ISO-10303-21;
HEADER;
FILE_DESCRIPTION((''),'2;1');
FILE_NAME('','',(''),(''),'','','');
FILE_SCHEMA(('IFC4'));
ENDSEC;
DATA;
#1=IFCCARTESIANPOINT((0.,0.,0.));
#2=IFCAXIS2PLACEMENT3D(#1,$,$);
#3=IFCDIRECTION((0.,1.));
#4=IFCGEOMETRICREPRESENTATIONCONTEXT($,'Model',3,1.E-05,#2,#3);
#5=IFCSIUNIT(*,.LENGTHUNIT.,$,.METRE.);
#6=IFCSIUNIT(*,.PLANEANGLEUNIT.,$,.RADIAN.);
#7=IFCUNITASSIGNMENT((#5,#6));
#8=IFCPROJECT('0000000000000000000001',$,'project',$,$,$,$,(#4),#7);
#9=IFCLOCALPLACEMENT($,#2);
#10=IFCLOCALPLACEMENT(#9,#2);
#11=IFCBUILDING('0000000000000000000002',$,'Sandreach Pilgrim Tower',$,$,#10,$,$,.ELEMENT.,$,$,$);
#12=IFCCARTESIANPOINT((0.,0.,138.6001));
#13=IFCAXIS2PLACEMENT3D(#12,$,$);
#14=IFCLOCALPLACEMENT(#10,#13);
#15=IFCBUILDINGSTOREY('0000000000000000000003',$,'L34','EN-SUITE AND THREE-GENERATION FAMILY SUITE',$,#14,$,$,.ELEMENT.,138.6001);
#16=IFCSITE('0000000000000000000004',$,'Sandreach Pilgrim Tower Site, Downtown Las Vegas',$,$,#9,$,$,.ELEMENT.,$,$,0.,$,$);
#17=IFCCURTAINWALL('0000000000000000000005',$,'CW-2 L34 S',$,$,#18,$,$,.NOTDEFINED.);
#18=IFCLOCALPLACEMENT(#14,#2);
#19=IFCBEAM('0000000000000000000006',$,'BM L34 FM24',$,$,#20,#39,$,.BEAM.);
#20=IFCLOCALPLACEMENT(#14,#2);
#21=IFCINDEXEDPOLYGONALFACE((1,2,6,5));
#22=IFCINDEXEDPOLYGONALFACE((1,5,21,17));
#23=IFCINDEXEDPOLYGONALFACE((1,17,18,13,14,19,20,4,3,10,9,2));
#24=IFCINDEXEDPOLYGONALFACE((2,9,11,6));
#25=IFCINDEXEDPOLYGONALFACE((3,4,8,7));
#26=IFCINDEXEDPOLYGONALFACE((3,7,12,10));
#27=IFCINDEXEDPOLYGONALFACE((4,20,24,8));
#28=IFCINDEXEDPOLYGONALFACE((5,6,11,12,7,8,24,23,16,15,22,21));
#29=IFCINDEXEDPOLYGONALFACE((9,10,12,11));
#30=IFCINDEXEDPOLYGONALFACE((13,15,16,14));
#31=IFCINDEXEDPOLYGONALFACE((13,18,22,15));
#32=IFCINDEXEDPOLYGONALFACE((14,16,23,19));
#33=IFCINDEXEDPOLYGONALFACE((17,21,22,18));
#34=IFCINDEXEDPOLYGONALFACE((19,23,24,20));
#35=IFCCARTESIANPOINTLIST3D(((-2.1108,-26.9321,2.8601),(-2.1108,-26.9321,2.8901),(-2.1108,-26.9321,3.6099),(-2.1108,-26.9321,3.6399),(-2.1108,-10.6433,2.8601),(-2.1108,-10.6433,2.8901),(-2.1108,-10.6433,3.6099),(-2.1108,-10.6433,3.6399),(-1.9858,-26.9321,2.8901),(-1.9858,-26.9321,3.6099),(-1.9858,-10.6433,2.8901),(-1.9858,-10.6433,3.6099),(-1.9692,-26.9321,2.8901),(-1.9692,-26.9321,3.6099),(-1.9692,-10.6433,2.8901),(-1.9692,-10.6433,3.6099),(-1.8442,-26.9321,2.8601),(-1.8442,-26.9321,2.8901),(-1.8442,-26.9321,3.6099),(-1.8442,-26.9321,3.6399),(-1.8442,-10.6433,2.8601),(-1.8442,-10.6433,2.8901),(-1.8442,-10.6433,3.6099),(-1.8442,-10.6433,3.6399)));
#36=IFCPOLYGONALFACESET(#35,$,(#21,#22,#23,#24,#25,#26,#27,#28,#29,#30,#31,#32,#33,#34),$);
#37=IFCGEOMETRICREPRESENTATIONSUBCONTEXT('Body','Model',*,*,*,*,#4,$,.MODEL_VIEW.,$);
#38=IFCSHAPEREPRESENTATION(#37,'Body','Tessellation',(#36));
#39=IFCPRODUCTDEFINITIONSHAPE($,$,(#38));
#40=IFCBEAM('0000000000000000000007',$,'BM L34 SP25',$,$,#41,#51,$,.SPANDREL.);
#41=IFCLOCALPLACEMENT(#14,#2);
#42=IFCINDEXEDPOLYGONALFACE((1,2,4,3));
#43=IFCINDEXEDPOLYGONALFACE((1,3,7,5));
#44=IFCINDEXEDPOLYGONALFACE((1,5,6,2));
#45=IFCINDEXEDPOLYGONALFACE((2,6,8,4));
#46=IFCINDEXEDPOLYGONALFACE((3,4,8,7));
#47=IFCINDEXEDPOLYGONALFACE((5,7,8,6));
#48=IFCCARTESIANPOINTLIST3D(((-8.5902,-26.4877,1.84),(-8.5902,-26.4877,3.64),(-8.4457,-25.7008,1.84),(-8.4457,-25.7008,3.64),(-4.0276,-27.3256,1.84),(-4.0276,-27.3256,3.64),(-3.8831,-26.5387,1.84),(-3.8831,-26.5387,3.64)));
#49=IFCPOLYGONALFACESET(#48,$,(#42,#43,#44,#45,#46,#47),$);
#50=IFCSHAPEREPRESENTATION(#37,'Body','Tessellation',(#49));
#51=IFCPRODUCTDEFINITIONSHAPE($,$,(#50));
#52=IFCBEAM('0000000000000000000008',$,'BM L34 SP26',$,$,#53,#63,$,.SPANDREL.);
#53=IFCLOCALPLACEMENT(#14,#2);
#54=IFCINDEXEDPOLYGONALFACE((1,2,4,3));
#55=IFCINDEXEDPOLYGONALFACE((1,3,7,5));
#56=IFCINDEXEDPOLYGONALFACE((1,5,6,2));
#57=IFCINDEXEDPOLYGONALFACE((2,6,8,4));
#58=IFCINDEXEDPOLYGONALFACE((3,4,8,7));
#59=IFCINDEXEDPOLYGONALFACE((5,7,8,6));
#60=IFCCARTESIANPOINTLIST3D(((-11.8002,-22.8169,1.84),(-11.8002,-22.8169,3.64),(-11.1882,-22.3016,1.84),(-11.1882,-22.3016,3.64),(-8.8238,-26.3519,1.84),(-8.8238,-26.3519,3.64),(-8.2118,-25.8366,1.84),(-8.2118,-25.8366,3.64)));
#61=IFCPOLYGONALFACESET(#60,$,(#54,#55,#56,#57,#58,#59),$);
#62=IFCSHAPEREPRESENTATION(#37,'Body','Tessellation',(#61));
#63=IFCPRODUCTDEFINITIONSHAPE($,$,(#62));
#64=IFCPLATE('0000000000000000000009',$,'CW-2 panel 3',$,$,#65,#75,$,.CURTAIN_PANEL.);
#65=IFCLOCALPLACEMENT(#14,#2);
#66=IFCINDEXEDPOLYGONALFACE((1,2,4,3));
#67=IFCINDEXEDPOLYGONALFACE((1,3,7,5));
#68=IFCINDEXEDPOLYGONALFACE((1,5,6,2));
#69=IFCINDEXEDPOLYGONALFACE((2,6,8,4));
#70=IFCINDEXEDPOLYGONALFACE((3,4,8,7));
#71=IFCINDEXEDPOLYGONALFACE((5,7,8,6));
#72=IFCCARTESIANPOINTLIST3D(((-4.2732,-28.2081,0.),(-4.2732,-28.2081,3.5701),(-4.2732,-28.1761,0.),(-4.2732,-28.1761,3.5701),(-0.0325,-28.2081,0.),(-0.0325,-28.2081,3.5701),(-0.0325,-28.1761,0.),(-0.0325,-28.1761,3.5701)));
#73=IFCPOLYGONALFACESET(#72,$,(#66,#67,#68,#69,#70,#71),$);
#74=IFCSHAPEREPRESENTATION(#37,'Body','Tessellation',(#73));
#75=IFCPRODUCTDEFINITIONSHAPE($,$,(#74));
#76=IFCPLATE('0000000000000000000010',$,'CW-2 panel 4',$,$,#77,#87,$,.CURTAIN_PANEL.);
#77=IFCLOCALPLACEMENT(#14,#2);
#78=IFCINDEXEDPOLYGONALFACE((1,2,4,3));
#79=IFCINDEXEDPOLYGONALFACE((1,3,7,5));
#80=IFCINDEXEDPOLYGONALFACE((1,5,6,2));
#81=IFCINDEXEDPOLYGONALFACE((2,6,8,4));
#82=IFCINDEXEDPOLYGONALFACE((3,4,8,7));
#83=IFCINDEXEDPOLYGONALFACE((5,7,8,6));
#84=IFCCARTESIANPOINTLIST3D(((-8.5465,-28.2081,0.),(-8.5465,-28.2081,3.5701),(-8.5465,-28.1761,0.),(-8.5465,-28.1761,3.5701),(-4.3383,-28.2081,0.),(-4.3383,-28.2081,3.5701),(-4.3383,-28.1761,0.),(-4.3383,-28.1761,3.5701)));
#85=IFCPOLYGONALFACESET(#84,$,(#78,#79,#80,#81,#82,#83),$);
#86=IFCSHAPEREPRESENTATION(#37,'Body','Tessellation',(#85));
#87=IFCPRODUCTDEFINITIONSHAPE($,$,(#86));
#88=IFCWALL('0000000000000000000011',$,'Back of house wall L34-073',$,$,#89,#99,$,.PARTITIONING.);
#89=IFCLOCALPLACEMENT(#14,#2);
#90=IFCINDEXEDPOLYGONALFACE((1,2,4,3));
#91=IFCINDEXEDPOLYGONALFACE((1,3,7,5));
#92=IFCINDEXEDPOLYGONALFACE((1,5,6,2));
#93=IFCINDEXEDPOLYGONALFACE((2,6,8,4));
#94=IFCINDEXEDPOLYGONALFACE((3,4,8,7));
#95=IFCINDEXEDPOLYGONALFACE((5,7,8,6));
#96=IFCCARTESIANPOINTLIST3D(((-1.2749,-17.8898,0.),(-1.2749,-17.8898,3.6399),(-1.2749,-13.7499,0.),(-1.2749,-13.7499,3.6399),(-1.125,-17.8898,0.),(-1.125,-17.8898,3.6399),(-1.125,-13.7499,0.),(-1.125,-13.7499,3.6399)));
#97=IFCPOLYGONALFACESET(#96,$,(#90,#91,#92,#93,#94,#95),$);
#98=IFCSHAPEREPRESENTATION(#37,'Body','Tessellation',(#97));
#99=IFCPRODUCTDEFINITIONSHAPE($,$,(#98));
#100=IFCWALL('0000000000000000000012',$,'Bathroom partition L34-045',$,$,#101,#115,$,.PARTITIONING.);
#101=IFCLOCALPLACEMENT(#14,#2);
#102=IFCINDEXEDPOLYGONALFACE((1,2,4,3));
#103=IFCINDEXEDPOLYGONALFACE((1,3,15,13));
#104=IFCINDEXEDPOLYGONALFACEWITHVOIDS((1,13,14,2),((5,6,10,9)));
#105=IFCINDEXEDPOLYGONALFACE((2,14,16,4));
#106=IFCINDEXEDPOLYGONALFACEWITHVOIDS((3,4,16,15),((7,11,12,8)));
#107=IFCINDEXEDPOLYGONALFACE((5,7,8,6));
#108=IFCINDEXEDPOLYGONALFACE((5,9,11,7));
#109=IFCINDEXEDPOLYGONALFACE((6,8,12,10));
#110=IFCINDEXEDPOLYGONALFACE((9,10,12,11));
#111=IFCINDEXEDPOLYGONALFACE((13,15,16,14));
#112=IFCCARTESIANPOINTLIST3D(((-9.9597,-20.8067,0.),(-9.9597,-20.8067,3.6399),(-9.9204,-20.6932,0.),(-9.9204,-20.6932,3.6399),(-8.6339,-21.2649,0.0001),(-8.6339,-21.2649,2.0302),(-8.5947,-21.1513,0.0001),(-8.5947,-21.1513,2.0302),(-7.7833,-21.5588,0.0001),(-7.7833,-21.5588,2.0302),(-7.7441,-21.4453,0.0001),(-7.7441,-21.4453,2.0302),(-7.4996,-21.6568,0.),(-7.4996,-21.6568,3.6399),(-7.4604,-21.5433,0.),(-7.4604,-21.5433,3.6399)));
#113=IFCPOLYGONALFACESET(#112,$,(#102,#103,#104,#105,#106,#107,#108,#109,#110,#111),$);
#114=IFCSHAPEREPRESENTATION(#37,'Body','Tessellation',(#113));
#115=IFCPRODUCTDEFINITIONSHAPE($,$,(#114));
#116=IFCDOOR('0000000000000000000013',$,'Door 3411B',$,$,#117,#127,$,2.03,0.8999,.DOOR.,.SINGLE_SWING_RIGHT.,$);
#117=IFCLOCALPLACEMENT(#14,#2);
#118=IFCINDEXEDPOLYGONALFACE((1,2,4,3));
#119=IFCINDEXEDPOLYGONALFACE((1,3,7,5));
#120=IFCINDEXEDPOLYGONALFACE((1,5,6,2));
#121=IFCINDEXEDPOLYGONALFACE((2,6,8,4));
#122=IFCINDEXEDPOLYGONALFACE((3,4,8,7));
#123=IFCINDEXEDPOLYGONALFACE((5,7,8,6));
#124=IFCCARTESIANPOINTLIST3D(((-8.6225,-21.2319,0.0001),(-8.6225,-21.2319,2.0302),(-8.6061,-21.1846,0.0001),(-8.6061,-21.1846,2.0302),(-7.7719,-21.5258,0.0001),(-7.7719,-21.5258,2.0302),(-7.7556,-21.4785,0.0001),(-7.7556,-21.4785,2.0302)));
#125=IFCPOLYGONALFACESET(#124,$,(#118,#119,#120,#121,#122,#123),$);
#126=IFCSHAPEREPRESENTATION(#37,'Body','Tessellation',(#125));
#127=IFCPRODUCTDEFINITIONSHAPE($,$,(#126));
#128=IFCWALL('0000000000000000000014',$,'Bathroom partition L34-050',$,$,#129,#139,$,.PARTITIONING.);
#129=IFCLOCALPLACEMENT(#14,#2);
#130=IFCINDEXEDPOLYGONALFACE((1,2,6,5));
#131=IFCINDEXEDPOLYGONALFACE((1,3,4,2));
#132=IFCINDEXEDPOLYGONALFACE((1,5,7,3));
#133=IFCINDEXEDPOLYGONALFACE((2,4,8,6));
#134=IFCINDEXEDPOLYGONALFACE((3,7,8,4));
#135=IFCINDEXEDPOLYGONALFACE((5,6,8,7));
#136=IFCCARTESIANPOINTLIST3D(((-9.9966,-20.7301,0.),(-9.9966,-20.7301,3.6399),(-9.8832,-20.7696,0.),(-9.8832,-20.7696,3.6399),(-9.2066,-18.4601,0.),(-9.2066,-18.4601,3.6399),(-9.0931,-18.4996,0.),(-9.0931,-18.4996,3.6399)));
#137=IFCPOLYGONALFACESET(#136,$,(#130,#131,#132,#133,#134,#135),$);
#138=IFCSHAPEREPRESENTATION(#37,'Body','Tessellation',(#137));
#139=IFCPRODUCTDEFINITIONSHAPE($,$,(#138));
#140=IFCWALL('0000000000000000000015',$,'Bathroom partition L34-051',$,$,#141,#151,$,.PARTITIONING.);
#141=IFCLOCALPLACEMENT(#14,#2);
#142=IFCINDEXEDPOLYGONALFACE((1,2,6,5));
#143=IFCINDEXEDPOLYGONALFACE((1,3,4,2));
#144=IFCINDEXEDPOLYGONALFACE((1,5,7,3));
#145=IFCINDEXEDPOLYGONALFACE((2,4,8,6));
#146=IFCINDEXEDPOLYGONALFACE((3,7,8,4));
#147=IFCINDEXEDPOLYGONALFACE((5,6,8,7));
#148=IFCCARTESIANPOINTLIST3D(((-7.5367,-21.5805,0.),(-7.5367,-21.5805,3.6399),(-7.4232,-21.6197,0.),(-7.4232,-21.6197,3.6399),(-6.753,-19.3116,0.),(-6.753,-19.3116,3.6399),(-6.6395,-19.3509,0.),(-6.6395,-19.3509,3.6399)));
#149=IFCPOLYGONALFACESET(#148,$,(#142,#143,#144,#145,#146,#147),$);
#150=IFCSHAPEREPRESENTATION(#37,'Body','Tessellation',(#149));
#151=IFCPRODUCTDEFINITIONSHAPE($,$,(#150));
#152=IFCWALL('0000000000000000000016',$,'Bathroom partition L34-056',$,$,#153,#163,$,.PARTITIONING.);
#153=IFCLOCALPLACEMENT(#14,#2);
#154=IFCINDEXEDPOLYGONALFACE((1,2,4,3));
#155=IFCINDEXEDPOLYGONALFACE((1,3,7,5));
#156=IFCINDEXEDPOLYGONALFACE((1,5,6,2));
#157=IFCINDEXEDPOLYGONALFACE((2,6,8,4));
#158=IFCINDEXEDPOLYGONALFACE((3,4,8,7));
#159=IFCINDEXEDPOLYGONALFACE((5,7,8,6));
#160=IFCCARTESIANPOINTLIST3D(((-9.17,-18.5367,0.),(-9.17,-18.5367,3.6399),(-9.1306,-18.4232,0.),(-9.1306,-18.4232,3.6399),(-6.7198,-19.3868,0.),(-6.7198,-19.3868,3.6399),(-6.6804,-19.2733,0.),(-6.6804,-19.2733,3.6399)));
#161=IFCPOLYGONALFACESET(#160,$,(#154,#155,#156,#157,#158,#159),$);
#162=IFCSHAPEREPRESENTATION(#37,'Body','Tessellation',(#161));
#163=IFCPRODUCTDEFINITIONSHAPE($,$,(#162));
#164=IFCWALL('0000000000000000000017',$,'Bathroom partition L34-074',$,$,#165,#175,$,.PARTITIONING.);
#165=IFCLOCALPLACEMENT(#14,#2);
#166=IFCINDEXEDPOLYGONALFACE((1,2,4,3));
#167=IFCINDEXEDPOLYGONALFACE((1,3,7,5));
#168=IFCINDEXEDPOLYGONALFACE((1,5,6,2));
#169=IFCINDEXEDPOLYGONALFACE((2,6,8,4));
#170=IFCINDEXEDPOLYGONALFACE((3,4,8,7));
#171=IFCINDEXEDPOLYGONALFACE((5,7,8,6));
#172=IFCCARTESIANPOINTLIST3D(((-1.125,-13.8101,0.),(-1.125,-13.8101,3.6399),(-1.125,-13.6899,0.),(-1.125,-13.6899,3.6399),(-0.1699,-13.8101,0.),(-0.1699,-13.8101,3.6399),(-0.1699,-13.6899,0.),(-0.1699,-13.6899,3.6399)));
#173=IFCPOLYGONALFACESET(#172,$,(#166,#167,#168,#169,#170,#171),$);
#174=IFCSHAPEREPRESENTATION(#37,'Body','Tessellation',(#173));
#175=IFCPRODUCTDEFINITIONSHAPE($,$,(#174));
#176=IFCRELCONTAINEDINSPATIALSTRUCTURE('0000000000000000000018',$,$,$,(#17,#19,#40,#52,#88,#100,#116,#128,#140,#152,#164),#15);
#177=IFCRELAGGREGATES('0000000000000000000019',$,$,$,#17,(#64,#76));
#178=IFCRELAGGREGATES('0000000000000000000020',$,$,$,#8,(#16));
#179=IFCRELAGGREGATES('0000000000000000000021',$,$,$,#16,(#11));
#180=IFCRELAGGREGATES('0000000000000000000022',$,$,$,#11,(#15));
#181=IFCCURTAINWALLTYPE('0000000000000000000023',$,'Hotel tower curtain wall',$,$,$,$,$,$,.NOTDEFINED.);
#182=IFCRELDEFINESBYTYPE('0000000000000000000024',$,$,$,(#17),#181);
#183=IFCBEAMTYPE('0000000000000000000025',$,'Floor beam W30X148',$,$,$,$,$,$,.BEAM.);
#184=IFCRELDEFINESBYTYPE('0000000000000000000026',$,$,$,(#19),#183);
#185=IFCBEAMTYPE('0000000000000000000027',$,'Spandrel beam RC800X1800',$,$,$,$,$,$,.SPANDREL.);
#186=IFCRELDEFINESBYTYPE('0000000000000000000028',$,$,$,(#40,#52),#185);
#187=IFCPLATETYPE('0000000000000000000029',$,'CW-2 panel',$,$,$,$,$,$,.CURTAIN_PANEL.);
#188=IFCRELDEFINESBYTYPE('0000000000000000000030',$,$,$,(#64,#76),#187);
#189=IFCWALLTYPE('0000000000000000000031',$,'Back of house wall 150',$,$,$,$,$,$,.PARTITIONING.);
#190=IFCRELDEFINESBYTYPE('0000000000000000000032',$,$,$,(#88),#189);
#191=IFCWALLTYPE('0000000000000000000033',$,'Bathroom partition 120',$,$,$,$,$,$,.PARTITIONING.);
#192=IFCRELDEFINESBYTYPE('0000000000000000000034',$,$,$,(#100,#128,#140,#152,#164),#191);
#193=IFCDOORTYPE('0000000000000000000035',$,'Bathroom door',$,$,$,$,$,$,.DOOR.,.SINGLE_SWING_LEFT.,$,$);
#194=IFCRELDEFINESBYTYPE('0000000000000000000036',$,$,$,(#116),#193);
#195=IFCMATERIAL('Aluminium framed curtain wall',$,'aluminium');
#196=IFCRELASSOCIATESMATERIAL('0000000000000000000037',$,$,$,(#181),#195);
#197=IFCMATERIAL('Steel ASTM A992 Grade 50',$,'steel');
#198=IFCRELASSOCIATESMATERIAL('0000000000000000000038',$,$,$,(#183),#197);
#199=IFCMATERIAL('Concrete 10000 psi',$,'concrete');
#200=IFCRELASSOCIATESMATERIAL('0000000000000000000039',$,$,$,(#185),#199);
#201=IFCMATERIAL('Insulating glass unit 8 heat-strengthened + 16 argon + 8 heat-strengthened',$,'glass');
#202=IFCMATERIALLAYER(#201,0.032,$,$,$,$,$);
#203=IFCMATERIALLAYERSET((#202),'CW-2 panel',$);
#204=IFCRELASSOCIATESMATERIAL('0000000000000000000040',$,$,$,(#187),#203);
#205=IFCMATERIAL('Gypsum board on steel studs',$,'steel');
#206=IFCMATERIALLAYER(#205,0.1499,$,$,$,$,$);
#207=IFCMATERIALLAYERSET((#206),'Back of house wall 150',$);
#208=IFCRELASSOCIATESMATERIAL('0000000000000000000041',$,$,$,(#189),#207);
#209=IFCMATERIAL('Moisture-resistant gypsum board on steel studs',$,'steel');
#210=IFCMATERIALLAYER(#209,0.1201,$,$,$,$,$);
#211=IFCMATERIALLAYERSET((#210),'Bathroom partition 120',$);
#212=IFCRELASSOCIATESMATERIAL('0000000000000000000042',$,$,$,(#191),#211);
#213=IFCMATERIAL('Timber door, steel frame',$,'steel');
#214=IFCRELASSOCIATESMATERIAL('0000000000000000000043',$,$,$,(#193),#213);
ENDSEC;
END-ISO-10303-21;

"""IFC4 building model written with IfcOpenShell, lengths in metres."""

from ifc_helpers import new_model, si_unit, direction, frame, frame_2d, origin, origin_2d, place, context, subcontext, project, spatial, rectangle, i_section, extrude, material, layer, layer_set, material_profile, profile_set, type_object, element, fill, aggregate, save


model = new_model("IFC4")

# Units and contexts
model_context = context("Model", 3, precision=1e-05, world=origin(), true_north=direction((0.0, 1.0)))
body_context = subcontext(model_context, "Body", "Model", "MODEL_VIEW")
ifc_project = project(units=[si_unit("LENGTHUNIT", "METRE"), si_unit("PLANEANGLEUNIT", "RADIAN")], contexts=[model_context])

# Site, building, storey
site_placement = place(None, origin())
site = spatial("IfcSite", under=ifc_project, at=site_placement, Name="Sandreach Pilgrim Tower Site, Downtown Las Vegas", CompositionType="ELEMENT", RefElevation=0.0)
building_placement = place(site_placement, origin())
building = spatial("IfcBuilding", under=site, at=building_placement, Name="Sandreach Pilgrim Tower", CompositionType="ELEMENT")
storey_placement = place(building_placement, frame((0.0, 0.0, 138.6001)))
storey = spatial("IfcBuildingStorey", under=building, at=storey_placement, Name="L34", Description="EN-SUITE AND THREE-GENERATION FAMILY SUITE", CompositionType="ELEMENT", Elevation=138.6001)

# Curtain wall
ifc_material_1 = material(Name="Aluminium framed curtain wall", Category="aluminium")
curtain_wall_type = type_object("IfcCurtainWallType", Name="Hotel tower curtain wall", PredefinedType="NOTDEFINED", material=ifc_material_1)
curtain_wall_placement = place(storey_placement, origin())
curtain_wall = element("IfcCurtainWall", 1, at=curtain_wall_placement, inside=storey, type_object=curtain_wall_type, Name="CW-2 L34 S", PredefinedType="NOTDEFINED")

# Beams
ifc_material_2 = material(Name="Steel ASTM A992 Grade 50", Category="steel")
ifc_material_profile_1 = material_profile(ifc_material_2, i_section(OverallWidth=0.2666, OverallDepth=0.7798, WebThickness=0.0166, FlangeThickness=0.03, at=origin_2d()), Name="W30X148")
ifc_profile_set_1 = profile_set([ifc_material_profile_1], Name="Steel ASTM A992 Grade 50")
beam_type_1 = type_object("IfcBeamType", Name="Floor beam W30X148", PredefinedType="BEAM", material=ifc_profile_set_1)
beam_1_placement = place(storey_placement, frame((-1.9775, -26.9321, 3.25), z_axis=(0.0, 1.0, 0.0), x_axis=(-1.0, 0.0, 0.0)))
element("IfcBeam", 2, at=beam_1_placement, inside=storey, type_object=beam_type_1, Name="BM L34 FM24", PredefinedType="BEAM", context=body_context, shape_type="SweptSolid", body=[
    extrude(i_section(OverallWidth=0.2666, OverallDepth=0.7798, WebThickness=0.0166, FlangeThickness=0.03, at=origin_2d()), origin(), (0.0, 0.0, 1.0), 16.2888),
])
ifc_material_3 = material(Name="Concrete 10000 psi", Category="concrete")
ifc_material_profile_2 = material_profile(ifc_material_3, rectangle(XDim=0.8, YDim=1.8, at=origin_2d()), Name="RC800X1800")
ifc_profile_set_2 = profile_set([ifc_material_profile_2], Name="Concrete 10000 psi")
beam_type_2 = type_object("IfcBeamType", Name="Spandrel beam RC800X1800", PredefinedType="SPANDREL", material=ifc_profile_set_2)
beam_2_placement = place(storey_placement, frame((-3.9553, -26.9321, 2.74), z_axis=(-0.983552, 0.180627, 0.0), x_axis=(-0.180627, -0.983552, 0.0)))
element("IfcBeam", 3, at=beam_2_placement, inside=storey, type_object=beam_type_2, Name="BM L34 SP25", PredefinedType="SPANDREL", context=body_context, shape_type="SweptSolid", body=[
    extrude(rectangle(XDim=0.8, YDim=1.8, at=origin_2d()), origin(), (0.0, 0.0, 1.0), 4.6389),
])
beam_3_placement = place(storey_placement, frame((-8.5178, -26.0942, 2.74), z_axis=(-0.644079, 0.764959, 0.0), x_axis=(-0.764959, -0.644079, 0.0)))
element("IfcBeam", 4, at=beam_3_placement, inside=storey, type_object=beam_type_2, Name="BM L34 SP26", PredefinedType="SPANDREL", context=body_context, shape_type="SweptSolid", body=[
    extrude(rectangle(XDim=0.8, YDim=1.8, at=origin_2d()), origin(), (0.0, 0.0, 1.0), 4.6211),
])

# Plates
ifc_material_4 = material(Name="Insulating glass unit 8 heat-strengthened + 16 argon + 8 heat-strengthened", Category="glass")
ifc_layer_1 = layer(ifc_material_4, 0.032)
ifc_layer_set_1 = layer_set([ifc_layer_1], Name="CW-2 panel")
plate_type = type_object("IfcPlateType", Name="CW-2 panel", PredefinedType="CURTAIN_PANEL", material=ifc_layer_set_1)
plate_1_placement = place(storey_placement, frame((-2.1528, -28.1921, 0.0), z_axis=(0.0, 0.0, 1.0), x_axis=(-1.0, 0.0, 0.0)))
plate_1 = element("IfcPlate", 5, at=plate_1_placement, type_object=plate_type, Name="CW-2 panel 3", PredefinedType="CURTAIN_PANEL", context=body_context, shape_type="SweptSolid", body=[
    extrude(rectangle(XDim=4.2407, YDim=0.032, at=origin_2d()), origin(), (0.0, 0.0, 1.0), 3.5701),
])
plate_2_placement = place(storey_placement, frame((-6.4424, -28.1921, 0.0), z_axis=(0.0, 0.0, 1.0), x_axis=(-1.0, 0.0, 0.0)))
plate_2 = element("IfcPlate", 6, at=plate_2_placement, type_object=plate_type, Name="CW-2 panel 4", PredefinedType="CURTAIN_PANEL", context=body_context, shape_type="SweptSolid", body=[
    extrude(rectangle(XDim=4.2083, YDim=0.032, at=origin_2d()), origin(), (0.0, 0.0, 1.0), 3.5701),
])
aggregate(curtain_wall, [plate_1, plate_2])

# Wall
ifc_material_5 = material(Name="Gypsum board on steel studs", Category="steel")
ifc_layer_2 = layer(ifc_material_5, 0.1499)
ifc_layer_set_2 = layer_set([ifc_layer_2], Name="Back of house wall 150")
wall_type_1 = type_object("IfcWallType", Name="Back of house wall 150", PredefinedType="PARTITIONING", material=ifc_layer_set_2)
wall_1_placement = place(storey_placement, frame((-1.2, -13.75, 0.0), z_axis=(0.0, 0.0, 1.0), x_axis=(0.0, -1.0, 0.0)))
element("IfcWall", 7, at=wall_1_placement, inside=storey, type_object=wall_type_1, Name="Back of house wall L34-073", PredefinedType="PARTITIONING", context=body_context, shape_type="SweptSolid", body=[
    extrude(rectangle(XDim=4.1399, YDim=0.1499, at=frame_2d((2.0698, 0.0))), origin(), (0.0, 0.0, 1.0), 3.6399),
])

# Wall, opening, door
ifc_material_6 = material(Name="Moisture-resistant gypsum board on steel studs", Category="steel")
ifc_layer_3 = layer(ifc_material_6, 0.1201)
ifc_layer_set_3 = layer_set([ifc_layer_3], Name="Bathroom partition 120")
wall_type_2 = type_object("IfcWallType", Name="Bathroom partition 120", PredefinedType="PARTITIONING", material=ifc_layer_set_3)
wall_2_placement = place(storey_placement, frame((-9.9399, -20.75, 0.0), z_axis=(0.0, 0.0, 1.0), x_axis=(0.945155, -0.326621, 0.0)))
wall_2 = element("IfcWall", 8, at=wall_2_placement, inside=storey, type_object=wall_type_2, Name="Bathroom partition L34-045", PredefinedType="PARTITIONING", context=body_context, shape_type="SweptSolid", body=[
    extrude(rectangle(XDim=2.6028, YDim=0.1201, at=frame_2d((1.3013, 0.0))), origin(), (0.0, 0.0, 1.0), 3.6399),
])
opening_1_placement = place(wall_2_placement, frame((1.4026, 0.0, 0.0)))
opening_1 = element("IfcOpeningElement", 9, at=opening_1_placement, cuts=wall_2, PredefinedType="OPENING", context=body_context, shape_type="SweptSolid", body=[
    extrude(rectangle(XDim=0.8999, YDim=2.03, at=frame_2d((0.45, 1.0151))), frame((0.0, 0.0601, 0.0), z_axis=(0.0, -1.0, 0.0), x_axis=(1.0, 0.0, 0.0)), (0.0, 0.0, 1.0), 0.1201),
])
ifc_material_7 = material(Name="Timber door, steel frame", Category="steel")
door_type_1 = type_object("IfcDoorType", Name="Bathroom door", OperationType="SINGLE_SWING_LEFT", PredefinedType="DOOR", material=ifc_material_7)
door_1_placement = place(opening_1_placement, origin())
door_1 = element("IfcDoor", 10, at=door_1_placement, inside=storey, type_object=door_type_1, Name="Door 3411B", OperationType="SINGLE_SWING_RIGHT", OverallHeight=2.03, OverallWidth=0.8999, PredefinedType="DOOR", context=body_context, shape_type="SweptSolid", body=[
    extrude(rectangle(XDim=0.8999, YDim=2.03, at=frame_2d((0.45, 1.0151))), frame((0.0, 0.0249, 0.0), z_axis=(0.0, -1.0, 0.0), x_axis=(1.0, 0.0, 0.0)), (0.0, 0.0, 1.0), 0.05),
])
fill(opening_1, door_1)

# Walls
wall_3_placement = place(storey_placement, frame((-9.1499, -18.48, 0.0), z_axis=(0.0, 0.0, 1.0), x_axis=(-0.328694, -0.944436, 0.0)))
element("IfcWall", 11, at=wall_3_placement, inside=storey, type_object=wall_type_2, Name="Bathroom partition L34-050", PredefinedType="PARTITIONING", context=body_context, shape_type="SweptSolid", body=[
    extrude(rectangle(XDim=2.4036, YDim=0.1201, at=frame_2d((1.2017, 0.0))), origin(), (0.0, 0.0, 1.0), 3.6399),
])
wall_4_placement = place(storey_placement, frame((-7.48, -21.6001, 0.0), z_axis=(0.0, 0.0, 1.0), x_axis=(0.326492, 0.9452, 0.0)))
element("IfcWall", 12, at=wall_4_placement, inside=storey, type_object=wall_type_2, Name="Bathroom partition L34-051", PredefinedType="PARTITIONING", context=body_context, shape_type="SweptSolid", body=[
    extrude(rectangle(XDim=2.4004, YDim=0.1201, at=frame_2d((1.2002, 0.0))), origin(), (0.0, 0.0, 1.0), 3.6399),
])
wall_5_placement = place(storey_placement, frame((-6.7, -19.3301, 0.0), z_axis=(0.0, 0.0, 1.0), x_axis=(-0.944753, 0.327783, 0.0)))
element("IfcWall", 13, at=wall_5_placement, inside=storey, type_object=wall_type_2, Name="Bathroom partition L34-056", PredefinedType="PARTITIONING", context=body_context, shape_type="SweptSolid", body=[
    extrude(rectangle(XDim=2.5935, YDim=0.1201, at=frame_2d((1.2969, 0.0))), origin(), (0.0, 0.0, 1.0), 3.6399),
])
wall_6_placement = place(storey_placement, frame((-1.125, -13.75, 0.0), z_axis=(0.0, 0.0, 1.0), x_axis=(1.0, 0.0, 0.0)))
element("IfcWall", 14, at=wall_6_placement, inside=storey, type_object=wall_type_2, Name="Bathroom partition L34-074", PredefinedType="PARTITIONING", context=body_context, shape_type="SweptSolid", body=[
    extrude(rectangle(XDim=0.9551, YDim=0.1201, at=frame_2d((0.4775, 0.0))), origin(), (0.0, 0.0, 1.0), 3.6399),
])

save(model, "model.ifc")
